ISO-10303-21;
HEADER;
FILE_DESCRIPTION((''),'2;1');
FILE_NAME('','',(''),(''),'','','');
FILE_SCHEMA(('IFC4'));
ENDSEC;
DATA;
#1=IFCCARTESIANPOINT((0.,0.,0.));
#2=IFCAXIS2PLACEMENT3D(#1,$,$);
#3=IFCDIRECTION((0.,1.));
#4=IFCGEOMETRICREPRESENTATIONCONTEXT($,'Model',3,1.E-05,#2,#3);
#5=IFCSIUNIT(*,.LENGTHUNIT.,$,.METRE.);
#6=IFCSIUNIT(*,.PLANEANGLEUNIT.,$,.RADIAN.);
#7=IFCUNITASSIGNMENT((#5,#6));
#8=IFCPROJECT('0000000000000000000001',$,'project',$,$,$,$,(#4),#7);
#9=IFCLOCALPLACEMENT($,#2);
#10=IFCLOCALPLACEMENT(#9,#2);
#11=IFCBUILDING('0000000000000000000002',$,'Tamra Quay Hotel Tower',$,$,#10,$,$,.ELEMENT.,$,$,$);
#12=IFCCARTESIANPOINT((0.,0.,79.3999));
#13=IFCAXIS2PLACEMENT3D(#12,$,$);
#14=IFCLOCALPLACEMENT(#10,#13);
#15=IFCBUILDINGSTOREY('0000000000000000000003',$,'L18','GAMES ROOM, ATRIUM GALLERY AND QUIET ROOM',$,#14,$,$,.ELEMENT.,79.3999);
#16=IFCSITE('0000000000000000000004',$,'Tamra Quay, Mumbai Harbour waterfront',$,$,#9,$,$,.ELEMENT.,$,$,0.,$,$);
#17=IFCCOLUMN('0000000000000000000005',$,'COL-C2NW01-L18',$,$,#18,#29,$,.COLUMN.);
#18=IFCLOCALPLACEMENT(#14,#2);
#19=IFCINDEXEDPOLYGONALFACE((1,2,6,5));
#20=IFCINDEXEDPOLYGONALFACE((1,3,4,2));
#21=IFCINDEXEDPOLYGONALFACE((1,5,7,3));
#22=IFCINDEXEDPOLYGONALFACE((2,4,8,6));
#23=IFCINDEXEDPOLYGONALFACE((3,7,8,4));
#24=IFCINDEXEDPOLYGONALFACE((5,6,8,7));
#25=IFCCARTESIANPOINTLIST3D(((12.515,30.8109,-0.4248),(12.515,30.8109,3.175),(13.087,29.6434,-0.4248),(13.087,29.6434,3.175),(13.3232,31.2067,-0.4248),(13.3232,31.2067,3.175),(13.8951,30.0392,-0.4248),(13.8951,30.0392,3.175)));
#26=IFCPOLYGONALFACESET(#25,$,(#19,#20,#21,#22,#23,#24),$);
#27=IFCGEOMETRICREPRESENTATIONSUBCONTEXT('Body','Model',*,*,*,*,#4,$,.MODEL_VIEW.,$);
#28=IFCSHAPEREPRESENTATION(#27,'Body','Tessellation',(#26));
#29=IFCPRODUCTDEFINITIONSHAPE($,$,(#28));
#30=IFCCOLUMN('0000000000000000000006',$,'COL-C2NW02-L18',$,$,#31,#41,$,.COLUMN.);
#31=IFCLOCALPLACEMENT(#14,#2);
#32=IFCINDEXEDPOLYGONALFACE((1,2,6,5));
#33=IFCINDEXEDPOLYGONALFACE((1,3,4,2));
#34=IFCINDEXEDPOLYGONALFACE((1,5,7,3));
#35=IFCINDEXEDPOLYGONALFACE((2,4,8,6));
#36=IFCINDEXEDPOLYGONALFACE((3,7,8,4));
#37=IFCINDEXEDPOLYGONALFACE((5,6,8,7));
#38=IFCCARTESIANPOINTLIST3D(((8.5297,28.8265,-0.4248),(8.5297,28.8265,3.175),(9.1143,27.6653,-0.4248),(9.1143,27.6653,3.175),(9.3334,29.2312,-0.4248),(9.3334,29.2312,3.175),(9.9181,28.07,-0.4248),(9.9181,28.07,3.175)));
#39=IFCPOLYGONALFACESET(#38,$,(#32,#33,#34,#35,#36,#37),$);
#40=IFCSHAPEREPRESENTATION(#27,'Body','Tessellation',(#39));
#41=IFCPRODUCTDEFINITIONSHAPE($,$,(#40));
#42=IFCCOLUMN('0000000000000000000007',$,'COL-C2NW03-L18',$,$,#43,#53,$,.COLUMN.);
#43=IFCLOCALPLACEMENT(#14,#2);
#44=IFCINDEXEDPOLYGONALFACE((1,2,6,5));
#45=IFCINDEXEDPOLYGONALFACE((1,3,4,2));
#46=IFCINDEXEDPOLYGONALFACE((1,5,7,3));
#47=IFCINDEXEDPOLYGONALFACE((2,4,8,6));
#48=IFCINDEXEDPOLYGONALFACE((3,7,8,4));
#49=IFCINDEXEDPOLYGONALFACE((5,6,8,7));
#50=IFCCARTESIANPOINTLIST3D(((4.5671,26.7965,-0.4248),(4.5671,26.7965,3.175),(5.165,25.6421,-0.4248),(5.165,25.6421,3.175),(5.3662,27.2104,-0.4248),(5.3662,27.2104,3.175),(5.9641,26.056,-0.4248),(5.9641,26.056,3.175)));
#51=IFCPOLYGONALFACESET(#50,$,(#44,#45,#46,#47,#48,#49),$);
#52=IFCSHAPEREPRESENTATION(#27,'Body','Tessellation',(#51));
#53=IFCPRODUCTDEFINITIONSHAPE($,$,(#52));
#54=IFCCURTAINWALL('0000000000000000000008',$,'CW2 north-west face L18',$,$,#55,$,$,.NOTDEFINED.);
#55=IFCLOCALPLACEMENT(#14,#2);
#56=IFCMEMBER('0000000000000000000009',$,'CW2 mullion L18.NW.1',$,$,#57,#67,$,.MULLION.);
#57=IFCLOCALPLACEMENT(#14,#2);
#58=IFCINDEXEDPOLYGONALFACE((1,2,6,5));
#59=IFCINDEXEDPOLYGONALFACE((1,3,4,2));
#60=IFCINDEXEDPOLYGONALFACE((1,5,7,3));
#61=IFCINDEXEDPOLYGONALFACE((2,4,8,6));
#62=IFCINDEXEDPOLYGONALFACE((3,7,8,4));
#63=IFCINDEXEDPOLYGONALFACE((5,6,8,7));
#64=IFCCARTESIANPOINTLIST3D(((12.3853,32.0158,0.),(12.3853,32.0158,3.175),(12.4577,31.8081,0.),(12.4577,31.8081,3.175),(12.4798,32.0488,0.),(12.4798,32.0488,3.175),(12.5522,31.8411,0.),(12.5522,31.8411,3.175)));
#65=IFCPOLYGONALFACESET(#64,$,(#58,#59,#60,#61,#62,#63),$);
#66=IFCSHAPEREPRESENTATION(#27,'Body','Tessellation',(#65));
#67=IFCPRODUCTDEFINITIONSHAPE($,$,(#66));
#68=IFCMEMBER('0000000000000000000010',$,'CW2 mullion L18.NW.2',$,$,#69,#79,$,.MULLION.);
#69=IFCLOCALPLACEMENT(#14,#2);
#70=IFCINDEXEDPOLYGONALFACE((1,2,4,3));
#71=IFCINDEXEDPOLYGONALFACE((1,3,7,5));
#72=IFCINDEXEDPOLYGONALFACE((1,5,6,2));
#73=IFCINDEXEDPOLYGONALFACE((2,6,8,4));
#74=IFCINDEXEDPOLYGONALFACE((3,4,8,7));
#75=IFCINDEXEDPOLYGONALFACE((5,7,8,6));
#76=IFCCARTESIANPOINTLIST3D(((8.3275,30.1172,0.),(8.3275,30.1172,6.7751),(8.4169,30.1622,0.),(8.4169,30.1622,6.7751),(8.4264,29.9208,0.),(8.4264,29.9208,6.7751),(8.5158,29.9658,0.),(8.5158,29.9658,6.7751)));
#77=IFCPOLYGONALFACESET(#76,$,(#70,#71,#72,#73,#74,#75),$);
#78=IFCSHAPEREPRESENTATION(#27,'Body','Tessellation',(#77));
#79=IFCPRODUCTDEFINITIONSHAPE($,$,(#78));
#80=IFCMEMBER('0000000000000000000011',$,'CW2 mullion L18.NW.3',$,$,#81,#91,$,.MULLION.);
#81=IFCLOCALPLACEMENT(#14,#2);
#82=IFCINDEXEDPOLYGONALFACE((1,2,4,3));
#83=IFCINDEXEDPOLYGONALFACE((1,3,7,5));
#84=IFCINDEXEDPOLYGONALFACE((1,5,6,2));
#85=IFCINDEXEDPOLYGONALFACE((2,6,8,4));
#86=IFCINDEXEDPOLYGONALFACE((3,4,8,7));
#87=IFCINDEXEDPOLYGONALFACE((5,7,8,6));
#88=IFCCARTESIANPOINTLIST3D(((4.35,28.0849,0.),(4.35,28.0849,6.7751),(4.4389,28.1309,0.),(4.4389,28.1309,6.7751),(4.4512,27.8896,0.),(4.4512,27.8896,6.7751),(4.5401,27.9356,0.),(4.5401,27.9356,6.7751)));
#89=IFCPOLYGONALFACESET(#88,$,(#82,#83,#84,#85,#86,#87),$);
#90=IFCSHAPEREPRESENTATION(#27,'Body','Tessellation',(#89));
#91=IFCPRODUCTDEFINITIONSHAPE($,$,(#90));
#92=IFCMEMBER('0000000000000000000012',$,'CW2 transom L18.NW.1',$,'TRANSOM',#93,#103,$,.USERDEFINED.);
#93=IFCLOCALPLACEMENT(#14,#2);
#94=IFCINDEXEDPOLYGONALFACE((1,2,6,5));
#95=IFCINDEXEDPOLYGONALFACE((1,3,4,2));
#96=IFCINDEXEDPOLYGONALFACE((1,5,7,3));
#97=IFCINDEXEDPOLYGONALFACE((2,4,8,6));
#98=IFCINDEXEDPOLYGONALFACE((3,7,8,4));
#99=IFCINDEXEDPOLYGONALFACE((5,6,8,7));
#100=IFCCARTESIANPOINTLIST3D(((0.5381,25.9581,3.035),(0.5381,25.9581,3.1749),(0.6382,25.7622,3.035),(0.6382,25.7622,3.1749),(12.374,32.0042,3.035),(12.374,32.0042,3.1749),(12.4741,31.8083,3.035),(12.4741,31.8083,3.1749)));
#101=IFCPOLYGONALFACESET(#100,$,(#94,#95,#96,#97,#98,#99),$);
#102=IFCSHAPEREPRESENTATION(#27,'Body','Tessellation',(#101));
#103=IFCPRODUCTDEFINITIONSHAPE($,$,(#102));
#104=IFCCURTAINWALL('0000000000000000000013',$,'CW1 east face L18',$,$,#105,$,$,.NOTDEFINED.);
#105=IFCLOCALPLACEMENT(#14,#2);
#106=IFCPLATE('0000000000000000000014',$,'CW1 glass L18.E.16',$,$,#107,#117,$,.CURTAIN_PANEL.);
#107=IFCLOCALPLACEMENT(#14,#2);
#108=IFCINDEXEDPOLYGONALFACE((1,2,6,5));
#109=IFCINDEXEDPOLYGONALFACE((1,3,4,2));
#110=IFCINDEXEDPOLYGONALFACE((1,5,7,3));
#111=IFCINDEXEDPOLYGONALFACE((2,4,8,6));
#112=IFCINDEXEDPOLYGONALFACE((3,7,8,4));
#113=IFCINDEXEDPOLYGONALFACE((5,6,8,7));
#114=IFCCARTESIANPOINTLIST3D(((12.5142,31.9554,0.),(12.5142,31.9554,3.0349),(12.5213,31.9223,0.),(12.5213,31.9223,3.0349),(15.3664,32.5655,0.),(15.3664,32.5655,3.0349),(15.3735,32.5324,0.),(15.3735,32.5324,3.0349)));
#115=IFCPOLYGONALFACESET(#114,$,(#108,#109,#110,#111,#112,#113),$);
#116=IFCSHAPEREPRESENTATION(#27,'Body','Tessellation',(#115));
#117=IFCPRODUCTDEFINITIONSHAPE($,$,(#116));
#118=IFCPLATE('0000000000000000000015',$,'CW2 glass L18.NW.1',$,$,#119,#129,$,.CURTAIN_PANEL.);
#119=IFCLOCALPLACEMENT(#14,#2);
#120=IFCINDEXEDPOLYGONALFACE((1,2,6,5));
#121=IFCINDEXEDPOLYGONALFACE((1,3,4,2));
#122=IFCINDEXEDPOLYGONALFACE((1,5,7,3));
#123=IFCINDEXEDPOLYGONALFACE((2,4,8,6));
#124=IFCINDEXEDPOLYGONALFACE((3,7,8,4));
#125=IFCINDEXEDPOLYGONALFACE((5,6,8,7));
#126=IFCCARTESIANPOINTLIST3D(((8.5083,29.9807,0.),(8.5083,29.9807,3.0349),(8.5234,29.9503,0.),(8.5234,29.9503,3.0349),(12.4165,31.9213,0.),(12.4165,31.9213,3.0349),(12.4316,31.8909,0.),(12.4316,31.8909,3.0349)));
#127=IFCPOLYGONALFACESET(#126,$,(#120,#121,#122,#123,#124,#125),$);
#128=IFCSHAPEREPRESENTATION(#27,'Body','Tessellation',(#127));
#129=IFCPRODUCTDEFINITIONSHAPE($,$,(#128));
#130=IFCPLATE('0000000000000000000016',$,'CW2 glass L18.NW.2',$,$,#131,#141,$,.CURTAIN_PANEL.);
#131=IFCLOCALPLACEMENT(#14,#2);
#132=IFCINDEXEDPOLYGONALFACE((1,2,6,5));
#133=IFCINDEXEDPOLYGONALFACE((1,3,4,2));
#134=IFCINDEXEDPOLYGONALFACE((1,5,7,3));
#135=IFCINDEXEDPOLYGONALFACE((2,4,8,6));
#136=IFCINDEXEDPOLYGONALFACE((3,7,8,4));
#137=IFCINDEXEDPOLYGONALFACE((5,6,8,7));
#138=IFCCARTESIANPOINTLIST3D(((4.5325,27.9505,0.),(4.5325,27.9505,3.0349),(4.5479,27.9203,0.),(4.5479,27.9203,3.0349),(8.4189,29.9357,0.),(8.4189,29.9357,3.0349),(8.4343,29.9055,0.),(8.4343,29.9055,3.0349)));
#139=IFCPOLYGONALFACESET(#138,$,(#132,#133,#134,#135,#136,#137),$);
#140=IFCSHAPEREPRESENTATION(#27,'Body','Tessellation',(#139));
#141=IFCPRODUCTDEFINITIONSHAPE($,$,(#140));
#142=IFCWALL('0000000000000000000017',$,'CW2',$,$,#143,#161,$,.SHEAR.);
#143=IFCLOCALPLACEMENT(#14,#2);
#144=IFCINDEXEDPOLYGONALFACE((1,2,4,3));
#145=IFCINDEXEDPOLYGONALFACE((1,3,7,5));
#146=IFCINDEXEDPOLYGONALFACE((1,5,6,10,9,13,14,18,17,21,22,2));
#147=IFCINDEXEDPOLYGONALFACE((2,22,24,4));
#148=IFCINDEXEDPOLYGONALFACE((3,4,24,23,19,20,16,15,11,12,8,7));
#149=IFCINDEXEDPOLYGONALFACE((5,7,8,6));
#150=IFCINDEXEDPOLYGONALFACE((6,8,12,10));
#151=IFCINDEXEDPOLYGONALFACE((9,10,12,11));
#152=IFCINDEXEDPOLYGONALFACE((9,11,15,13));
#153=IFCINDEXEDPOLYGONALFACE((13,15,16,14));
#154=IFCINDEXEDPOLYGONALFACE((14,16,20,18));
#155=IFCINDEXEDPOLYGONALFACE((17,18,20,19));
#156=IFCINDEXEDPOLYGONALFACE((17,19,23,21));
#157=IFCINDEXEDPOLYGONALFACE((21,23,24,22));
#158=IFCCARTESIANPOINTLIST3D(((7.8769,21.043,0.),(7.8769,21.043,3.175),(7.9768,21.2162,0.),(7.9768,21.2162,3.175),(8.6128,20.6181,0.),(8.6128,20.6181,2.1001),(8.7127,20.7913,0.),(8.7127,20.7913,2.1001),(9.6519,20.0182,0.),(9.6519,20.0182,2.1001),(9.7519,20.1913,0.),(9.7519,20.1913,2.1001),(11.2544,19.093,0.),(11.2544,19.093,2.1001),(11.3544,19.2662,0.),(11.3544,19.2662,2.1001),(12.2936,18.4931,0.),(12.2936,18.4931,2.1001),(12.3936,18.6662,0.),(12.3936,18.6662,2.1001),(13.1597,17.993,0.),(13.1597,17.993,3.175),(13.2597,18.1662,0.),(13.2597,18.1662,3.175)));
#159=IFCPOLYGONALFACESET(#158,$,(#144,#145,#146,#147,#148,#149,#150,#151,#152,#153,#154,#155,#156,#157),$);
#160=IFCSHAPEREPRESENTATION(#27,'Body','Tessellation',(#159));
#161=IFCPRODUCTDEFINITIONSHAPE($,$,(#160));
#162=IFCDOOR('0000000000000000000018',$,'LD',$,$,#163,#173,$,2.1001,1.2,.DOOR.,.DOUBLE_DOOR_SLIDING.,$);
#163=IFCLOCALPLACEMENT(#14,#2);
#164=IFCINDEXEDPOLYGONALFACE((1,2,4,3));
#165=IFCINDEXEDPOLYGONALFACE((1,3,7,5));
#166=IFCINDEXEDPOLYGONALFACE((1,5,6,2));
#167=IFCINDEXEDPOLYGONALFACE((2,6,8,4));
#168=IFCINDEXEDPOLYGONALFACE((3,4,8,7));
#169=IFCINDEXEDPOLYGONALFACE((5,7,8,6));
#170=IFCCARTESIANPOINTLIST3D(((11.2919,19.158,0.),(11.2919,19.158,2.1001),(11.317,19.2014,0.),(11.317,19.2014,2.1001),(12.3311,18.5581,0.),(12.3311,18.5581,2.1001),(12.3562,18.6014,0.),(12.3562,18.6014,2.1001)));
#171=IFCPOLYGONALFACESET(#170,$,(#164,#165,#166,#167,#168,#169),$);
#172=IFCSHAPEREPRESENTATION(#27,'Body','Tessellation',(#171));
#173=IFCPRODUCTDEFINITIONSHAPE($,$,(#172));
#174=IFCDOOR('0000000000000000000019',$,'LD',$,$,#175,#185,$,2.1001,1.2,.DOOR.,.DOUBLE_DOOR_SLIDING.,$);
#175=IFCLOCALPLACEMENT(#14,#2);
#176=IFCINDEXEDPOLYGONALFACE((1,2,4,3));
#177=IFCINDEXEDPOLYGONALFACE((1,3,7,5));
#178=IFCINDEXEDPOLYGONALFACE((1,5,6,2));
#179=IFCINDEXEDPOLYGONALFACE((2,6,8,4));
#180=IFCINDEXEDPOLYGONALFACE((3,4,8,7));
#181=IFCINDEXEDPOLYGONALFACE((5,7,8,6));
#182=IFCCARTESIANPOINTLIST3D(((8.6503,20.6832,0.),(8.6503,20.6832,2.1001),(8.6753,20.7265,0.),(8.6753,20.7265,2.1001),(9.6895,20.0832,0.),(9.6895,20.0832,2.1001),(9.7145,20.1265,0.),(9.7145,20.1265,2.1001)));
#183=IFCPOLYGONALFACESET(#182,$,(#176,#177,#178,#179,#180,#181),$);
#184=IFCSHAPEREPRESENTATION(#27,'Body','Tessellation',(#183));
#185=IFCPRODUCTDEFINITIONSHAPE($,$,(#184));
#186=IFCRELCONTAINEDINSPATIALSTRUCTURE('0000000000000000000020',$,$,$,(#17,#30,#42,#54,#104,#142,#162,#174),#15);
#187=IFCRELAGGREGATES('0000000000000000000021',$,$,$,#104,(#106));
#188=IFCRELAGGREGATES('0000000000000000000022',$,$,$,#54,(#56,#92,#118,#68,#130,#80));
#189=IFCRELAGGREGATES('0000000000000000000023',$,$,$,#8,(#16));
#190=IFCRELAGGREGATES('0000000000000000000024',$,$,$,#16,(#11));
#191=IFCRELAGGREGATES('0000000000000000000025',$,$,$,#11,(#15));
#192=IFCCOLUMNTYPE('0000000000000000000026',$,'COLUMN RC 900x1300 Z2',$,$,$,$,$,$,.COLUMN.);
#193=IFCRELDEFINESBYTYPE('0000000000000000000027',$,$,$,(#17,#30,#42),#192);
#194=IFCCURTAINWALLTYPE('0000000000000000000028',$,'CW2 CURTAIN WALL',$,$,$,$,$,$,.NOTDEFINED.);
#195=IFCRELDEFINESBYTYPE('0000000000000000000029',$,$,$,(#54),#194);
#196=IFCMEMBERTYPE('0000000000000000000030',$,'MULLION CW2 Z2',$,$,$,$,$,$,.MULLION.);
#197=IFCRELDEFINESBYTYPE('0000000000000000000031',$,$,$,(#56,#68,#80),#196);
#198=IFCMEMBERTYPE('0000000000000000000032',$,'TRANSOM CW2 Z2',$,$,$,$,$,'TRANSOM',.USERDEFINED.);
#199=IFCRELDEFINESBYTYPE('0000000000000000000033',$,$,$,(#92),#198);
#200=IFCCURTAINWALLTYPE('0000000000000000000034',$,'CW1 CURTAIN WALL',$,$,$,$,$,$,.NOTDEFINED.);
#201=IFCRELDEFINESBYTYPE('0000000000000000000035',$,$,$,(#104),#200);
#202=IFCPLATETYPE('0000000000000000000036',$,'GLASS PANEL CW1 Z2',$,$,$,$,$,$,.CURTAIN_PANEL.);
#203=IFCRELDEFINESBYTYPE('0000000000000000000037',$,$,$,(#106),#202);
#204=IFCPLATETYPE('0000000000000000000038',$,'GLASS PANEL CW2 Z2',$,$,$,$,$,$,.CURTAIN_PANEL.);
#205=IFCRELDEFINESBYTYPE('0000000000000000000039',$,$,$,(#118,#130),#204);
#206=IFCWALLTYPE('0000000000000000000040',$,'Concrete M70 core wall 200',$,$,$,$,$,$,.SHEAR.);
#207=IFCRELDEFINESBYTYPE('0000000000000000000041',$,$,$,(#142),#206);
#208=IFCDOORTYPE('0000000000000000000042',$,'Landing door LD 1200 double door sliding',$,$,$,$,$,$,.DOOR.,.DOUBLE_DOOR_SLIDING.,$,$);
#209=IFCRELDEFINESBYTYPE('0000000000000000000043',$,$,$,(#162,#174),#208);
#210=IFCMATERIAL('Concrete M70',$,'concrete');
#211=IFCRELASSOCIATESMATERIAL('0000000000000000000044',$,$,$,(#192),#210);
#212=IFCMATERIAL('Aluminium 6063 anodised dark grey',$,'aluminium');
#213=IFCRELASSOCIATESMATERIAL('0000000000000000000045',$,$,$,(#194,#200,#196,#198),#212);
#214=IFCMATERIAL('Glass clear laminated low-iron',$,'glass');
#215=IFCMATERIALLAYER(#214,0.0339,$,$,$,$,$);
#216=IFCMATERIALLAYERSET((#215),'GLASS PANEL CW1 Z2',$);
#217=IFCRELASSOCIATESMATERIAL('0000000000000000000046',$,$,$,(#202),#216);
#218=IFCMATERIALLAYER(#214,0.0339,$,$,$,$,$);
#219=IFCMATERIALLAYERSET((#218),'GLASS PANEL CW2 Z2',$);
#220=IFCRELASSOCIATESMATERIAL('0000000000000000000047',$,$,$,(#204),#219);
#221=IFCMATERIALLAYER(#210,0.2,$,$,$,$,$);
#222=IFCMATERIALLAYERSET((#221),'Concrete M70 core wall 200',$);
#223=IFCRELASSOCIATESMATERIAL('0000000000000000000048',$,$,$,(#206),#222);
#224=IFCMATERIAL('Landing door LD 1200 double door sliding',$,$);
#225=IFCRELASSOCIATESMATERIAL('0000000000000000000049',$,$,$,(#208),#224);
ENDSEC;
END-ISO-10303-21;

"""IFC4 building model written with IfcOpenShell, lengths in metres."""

from ifc_helpers import new_model, si_unit, direction, frame, frame_2d, origin, origin_2d, place, context, subcontext, project, spatial, rectangle, extrude, material, layer, layer_set, material_profile, profile_set, type_object, element, fill, aggregate, save


model = new_model("IFC4")

# Units and contexts
model_context = context("Model", 3, precision=1e-05, world=origin(), true_north=direction((0.0, 1.0)))
body_context = subcontext(model_context, "Body", "Model", "MODEL_VIEW")
ifc_project = project(units=[si_unit("LENGTHUNIT", "METRE"), si_unit("PLANEANGLEUNIT", "RADIAN")], contexts=[model_context])

# Site, building, storey
site_placement = place(None, origin())
site = spatial("IfcSite", under=ifc_project, at=site_placement, Name="Tamra Quay, Mumbai Harbour waterfront", CompositionType="ELEMENT", RefElevation=0.0)
building_placement = place(site_placement, origin())
building = spatial("IfcBuilding", under=site, at=building_placement, Name="Tamra Quay Hotel Tower", CompositionType="ELEMENT")
storey_placement = place(building_placement, frame((0.0, 0.0, 79.3999)))
storey = spatial("IfcBuildingStorey", under=building, at=storey_placement, Name="L18", Description="GAMES ROOM, ATRIUM GALLERY AND QUIET ROOM", CompositionType="ELEMENT", Elevation=79.3999)

# Columns
ifc_material_1 = material(Name="Concrete M70", Category="concrete")
ifc_material_profile_1 = material_profile(ifc_material_1, rectangle(XDim=1.3, YDim=0.8999, at=origin_2d()), Name="COLUMN RC 900x1300 Z2")
ifc_profile_set_1 = profile_set([ifc_material_profile_1], Name="Concrete M70")
column_type = type_object("IfcColumnType", Name="COLUMN RC 900x1300 Z2", PredefinedType="COLUMN", material=ifc_profile_set_1)
for number, where, z_axis, x_axis, name in (
    (1, (13.2051, 30.425, -0.4248), (0.0, 0.0, 1.0), (-0.439916, 0.898039, 0.0), "COL-C2NW01-L18"),
    (2, (9.2239, 28.4482, -0.4248), (0.0, 0.0, 1.0), (-0.449727, 0.893166, 0.0), "COL-C2NW02-L18"),
    (3, (5.2656, 26.4263, -0.4248), (0.0, 0.0, 1.0), (-0.45989, 0.887976, 0.0), "COL-C2NW03-L18"),
):
    element("IfcColumn", number, at=place(storey_placement, frame(where, z_axis=z_axis, x_axis=x_axis)), inside=storey, type_object=column_type, Name=name, PredefinedType="COLUMN", context=body_context, shape_type="SweptSolid", body=[
        extrude(rectangle(XDim=1.3, YDim=0.8999, at=origin_2d()), origin(), (0.0, 0.0, 1.0), 3.5999),
    ])

# Curtain wall, members
ifc_material_2 = material(Name="Aluminium 6063 anodised dark grey", Category="aluminium")
curtain_wall_type_1 = type_object("IfcCurtainWallType", Name="CW2 CURTAIN WALL", PredefinedType="NOTDEFINED", material=ifc_material_2)
curtain_wall_1_placement = place(storey_placement, origin())
curtain_wall_1 = element("IfcCurtainWall", 4, at=curtain_wall_1_placement, inside=storey, type_object=curtain_wall_type_1, Name="CW2 north-west face L18", PredefinedType="NOTDEFINED")
ifc_material_profile_2 = material_profile(ifc_material_2, rectangle(XDim=0.22, YDim=0.1001, at=origin_2d()), Name="MULLION 100X220")
ifc_profile_set_2 = profile_set([ifc_material_profile_2], Name="Aluminium 6063 anodised dark grey")
member_type_1 = type_object("IfcMemberType", Name="MULLION CW2 Z2", PredefinedType="MULLION", material=ifc_profile_set_2)
member_1_placement = place(storey_placement, frame((12.4688, 31.9285, 0.0), z_axis=(0.0, 0.0, 1.0), x_axis=(-0.329532, 0.944144, 0.0)))
member_1 = element("IfcMember", 5, at=member_1_placement, type_object=member_type_1, Name="CW2 mullion L18.NW.1", PredefinedType="MULLION", context=body_context, shape_type="SweptSolid", body=[
    extrude(rectangle(XDim=0.22, YDim=0.1001, at=origin_2d()), origin(), (0.0, 0.0, 1.0), 3.175),
])
member_2_placement = place(storey_placement, frame((8.4216, 30.0415, 0.0), z_axis=(0.0, 0.0, 1.0), x_axis=(-0.449827, 0.893116, 0.0)))
member_2 = element("IfcMember", 6, at=member_2_placement, type_object=member_type_1, Name="CW2 mullion L18.NW.2", PredefinedType="MULLION", context=body_context, shape_type="SweptSolid", body=[
    extrude(rectangle(XDim=0.22, YDim=0.1001, at=origin_2d()), origin(), (0.0, 0.0, 1.0), 6.7751),
])
member_3_placement = place(storey_placement, frame((4.4451, 28.0103, 0.0), z_axis=(0.0, 0.0, 1.0), x_axis=(-0.45996, 0.88794, 0.0)))
member_3 = element("IfcMember", 7, at=member_3_placement, type_object=member_type_1, Name="CW2 mullion L18.NW.3", PredefinedType="MULLION", context=body_context, shape_type="SweptSolid", body=[
    extrude(rectangle(XDim=0.22, YDim=0.1001, at=origin_2d()), origin(), (0.0, 0.0, 1.0), 6.7751),
])
ifc_material_profile_3 = material_profile(ifc_material_2, rectangle(XDim=0.22, YDim=0.1399, at=origin_2d()), Name="TRANSOM 220X140")
ifc_profile_set_3 = profile_set([ifc_material_profile_3], Name="Aluminium 6063 anodised dark grey")
member_type_2 = type_object("IfcMemberType", Name="TRANSOM CW2 Z2", ElementType="TRANSOM", PredefinedType="USERDEFINED", material=ifc_profile_set_3)
member_4_placement = place(storey_placement, frame((12.4241, 31.9062, 3.105), z_axis=(-0.890536, -0.454912, 0.0), x_axis=(0.454912, -0.890536, 0.0)))
member_4 = element("IfcMember", 8, at=member_4_placement, type_object=member_type_2, Name="CW2 transom L18.NW.1", ObjectType="TRANSOM", PredefinedType="USERDEFINED", context=body_context, shape_type="SweptSolid", body=[
    extrude(rectangle(XDim=0.22, YDim=0.1399, at=origin_2d()), origin(), (0.0, 0.0, 1.0), 13.2908),
])

# Curtain wall, plate
curtain_wall_type_2 = type_object("IfcCurtainWallType", Name="CW1 CURTAIN WALL", PredefinedType="NOTDEFINED", material=ifc_material_2)
curtain_wall_2_placement = place(storey_placement, origin())
curtain_wall_2 = element("IfcCurtainWall", 9, at=curtain_wall_2_placement, inside=storey, type_object=curtain_wall_type_2, Name="CW1 east face L18", PredefinedType="NOTDEFINED")
ifc_material_3 = material(Name="Glass clear laminated low-iron", Category="glass")
ifc_layer_1 = layer(ifc_material_3, 0.0339)
ifc_layer_set_1 = layer_set([ifc_layer_1], Name="GLASS PANEL CW1 Z2")
plate_type_1 = type_object("IfcPlateType", Name="GLASS PANEL CW1 Z2", PredefinedType="CURTAIN_PANEL", material=ifc_layer_set_1)
plate_1_placement = place(storey_placement, frame((13.9438, 32.2439, 0.0), z_axis=(0.0, 0.0, 1.0), x_axis=(-0.977879, -0.209172, 0.0)))
plate_1 = element("IfcPlate", 10, at=plate_1_placement, type_object=plate_type_1, Name="CW1 glass L18.E.16", PredefinedType="CURTAIN_PANEL", context=body_context, shape_type="SweptSolid", body=[
    extrude(rectangle(XDim=2.9167, YDim=0.0339, at=origin_2d()), origin(), (0.0, 0.0, 1.0), 3.0349),
])
aggregate(curtain_wall_2, [plate_1])

# Plates
ifc_layer_2 = layer(ifc_material_3, 0.0339)
ifc_layer_set_2 = layer_set([ifc_layer_2], Name="GLASS PANEL CW2 Z2")
plate_type_2 = type_object("IfcPlateType", Name="GLASS PANEL CW2 Z2", PredefinedType="CURTAIN_PANEL", material=ifc_layer_set_2)
plate_2_placement = place(storey_placement, frame((10.47, 30.9358, 0.0), z_axis=(0.0, 0.0, 1.0), x_axis=(-0.895658, -0.444743, 0.0)))
plate_2 = element("IfcPlate", 11, at=plate_2_placement, type_object=plate_type_2, Name="CW2 glass L18.NW.1", PredefinedType="CURTAIN_PANEL", context=body_context, shape_type="SweptSolid", body=[
    extrude(rectangle(XDim=4.3635, YDim=0.0339, at=origin_2d()), origin(), (0.0, 0.0, 1.0), 3.0349),
])
plate_3_placement = place(storey_placement, frame((6.4834, 28.928, 0.0), z_axis=(0.0, 0.0, 1.0), x_axis=(-0.890544, -0.454896, 0.0)))
plate_3 = element("IfcPlate", 12, at=plate_3_placement, type_object=plate_type_2, Name="CW2 glass L18.NW.2", PredefinedType="CURTAIN_PANEL", context=body_context, shape_type="SweptSolid", body=[
    extrude(rectangle(XDim=4.364, YDim=0.0339, at=origin_2d()), origin(), (0.0, 0.0, 1.0), 3.0349),
])
aggregate(curtain_wall_1, [member_1, member_4, plate_2, member_2, plate_3, member_3])

# Wall, openings, doors
ifc_layer_3 = layer(ifc_material_1, 0.2)
ifc_layer_set_3 = layer_set([ifc_layer_3], Name="Concrete M70 core wall 200")
wall_type_1 = type_object("IfcWallType", Name="Concrete M70 core wall 200", PredefinedType="SHEAR", material=ifc_layer_set_3)
wall_1_placement = place(storey_placement, frame((13.2097, 18.0796, 0.0), z_axis=(0.0, 0.0, 1.0), x_axis=(-0.86603, 0.499992, 0.0)))
wall_1 = element("IfcWall", 13, at=wall_1_placement, inside=storey, type_object=wall_type_1, Name="CW2", PredefinedType="SHEAR", context=body_context, shape_type="SweptSolid", body=[
    extrude(rectangle(XDim=6.1001, YDim=0.2, at=frame_2d((3.05, 0.0))), origin(), (0.0, 0.0, 1.0), 3.175),
])
opening_1_placement = place(wall_1_placement, frame((1.0, 0.0, 0.0)))
opening_1 = element("IfcOpeningElement", 14, at=opening_1_placement, cuts=wall_1, PredefinedType="OPENING", context=body_context, shape_type="SweptSolid", body=[
    extrude(rectangle(XDim=1.2, YDim=2.1001, at=frame_2d((0.6001, 1.05))), frame((0.0, 0.1099, 0.0), z_axis=(0.0, -1.0, 0.0), x_axis=(1.0, 0.0, 0.0)), (0.0, 0.0, 1.0), 0.22),
])
opening_2_placement = place(wall_1_placement, frame((4.0503, 0.0, 0.0)))
opening_2 = element("IfcOpeningElement", 15, at=opening_2_placement, cuts=wall_1, PredefinedType="OPENING", context=body_context, shape_type="SweptSolid", body=[
    extrude(rectangle(XDim=1.2, YDim=2.1001, at=frame_2d((0.6001, 1.05))), frame((0.0, 0.1099, 0.0), z_axis=(0.0, -1.0, 0.0), x_axis=(1.0, 0.0, 0.0)), (0.0, 0.0, 1.0), 0.22),
])
ifc_material_4 = material(Name="Landing door LD 1200 double door sliding")
door_type_1 = type_object("IfcDoorType", Name="Landing door LD 1200 double door sliding", OperationType="DOUBLE_DOOR_SLIDING", PredefinedType="DOOR", material=ifc_material_4)
door_1_placement = place(opening_1_placement, origin())
door_1 = element("IfcDoor", 16, at=door_1_placement, inside=storey, type_object=door_type_1, Name="LD", OperationType="DOUBLE_DOOR_SLIDING", OverallHeight=2.1001, OverallWidth=1.2, PredefinedType="DOOR", context=body_context, shape_type="SweptSolid", body=[
    extrude(rectangle(XDim=1.2, YDim=2.1001, at=frame_2d((0.6001, 1.05))), frame((0.0, 0.0249, 0.0), z_axis=(0.0, -1.0, 0.0), x_axis=(1.0, 0.0, 0.0)), (0.0, 0.0, 1.0), 0.05),
])
fill(opening_1, door_1)
door_2_placement = place(opening_2_placement, origin())
door_2 = element("IfcDoor", 17, at=door_2_placement, inside=storey, type_object=door_type_1, Name="LD", OperationType="DOUBLE_DOOR_SLIDING", OverallHeight=2.1001, OverallWidth=1.2, PredefinedType="DOOR", context=body_context, shape_type="SweptSolid", body=[
    extrude(rectangle(XDim=1.2, YDim=2.1001, at=frame_2d((0.6001, 1.05))), frame((0.0, 0.0249, 0.0), z_axis=(0.0, -1.0, 0.0), x_axis=(1.0, 0.0, 0.0)), (0.0, 0.0, 1.0), 0.05),
])
fill(opening_2, door_2)

save(model, "model.ifc")
